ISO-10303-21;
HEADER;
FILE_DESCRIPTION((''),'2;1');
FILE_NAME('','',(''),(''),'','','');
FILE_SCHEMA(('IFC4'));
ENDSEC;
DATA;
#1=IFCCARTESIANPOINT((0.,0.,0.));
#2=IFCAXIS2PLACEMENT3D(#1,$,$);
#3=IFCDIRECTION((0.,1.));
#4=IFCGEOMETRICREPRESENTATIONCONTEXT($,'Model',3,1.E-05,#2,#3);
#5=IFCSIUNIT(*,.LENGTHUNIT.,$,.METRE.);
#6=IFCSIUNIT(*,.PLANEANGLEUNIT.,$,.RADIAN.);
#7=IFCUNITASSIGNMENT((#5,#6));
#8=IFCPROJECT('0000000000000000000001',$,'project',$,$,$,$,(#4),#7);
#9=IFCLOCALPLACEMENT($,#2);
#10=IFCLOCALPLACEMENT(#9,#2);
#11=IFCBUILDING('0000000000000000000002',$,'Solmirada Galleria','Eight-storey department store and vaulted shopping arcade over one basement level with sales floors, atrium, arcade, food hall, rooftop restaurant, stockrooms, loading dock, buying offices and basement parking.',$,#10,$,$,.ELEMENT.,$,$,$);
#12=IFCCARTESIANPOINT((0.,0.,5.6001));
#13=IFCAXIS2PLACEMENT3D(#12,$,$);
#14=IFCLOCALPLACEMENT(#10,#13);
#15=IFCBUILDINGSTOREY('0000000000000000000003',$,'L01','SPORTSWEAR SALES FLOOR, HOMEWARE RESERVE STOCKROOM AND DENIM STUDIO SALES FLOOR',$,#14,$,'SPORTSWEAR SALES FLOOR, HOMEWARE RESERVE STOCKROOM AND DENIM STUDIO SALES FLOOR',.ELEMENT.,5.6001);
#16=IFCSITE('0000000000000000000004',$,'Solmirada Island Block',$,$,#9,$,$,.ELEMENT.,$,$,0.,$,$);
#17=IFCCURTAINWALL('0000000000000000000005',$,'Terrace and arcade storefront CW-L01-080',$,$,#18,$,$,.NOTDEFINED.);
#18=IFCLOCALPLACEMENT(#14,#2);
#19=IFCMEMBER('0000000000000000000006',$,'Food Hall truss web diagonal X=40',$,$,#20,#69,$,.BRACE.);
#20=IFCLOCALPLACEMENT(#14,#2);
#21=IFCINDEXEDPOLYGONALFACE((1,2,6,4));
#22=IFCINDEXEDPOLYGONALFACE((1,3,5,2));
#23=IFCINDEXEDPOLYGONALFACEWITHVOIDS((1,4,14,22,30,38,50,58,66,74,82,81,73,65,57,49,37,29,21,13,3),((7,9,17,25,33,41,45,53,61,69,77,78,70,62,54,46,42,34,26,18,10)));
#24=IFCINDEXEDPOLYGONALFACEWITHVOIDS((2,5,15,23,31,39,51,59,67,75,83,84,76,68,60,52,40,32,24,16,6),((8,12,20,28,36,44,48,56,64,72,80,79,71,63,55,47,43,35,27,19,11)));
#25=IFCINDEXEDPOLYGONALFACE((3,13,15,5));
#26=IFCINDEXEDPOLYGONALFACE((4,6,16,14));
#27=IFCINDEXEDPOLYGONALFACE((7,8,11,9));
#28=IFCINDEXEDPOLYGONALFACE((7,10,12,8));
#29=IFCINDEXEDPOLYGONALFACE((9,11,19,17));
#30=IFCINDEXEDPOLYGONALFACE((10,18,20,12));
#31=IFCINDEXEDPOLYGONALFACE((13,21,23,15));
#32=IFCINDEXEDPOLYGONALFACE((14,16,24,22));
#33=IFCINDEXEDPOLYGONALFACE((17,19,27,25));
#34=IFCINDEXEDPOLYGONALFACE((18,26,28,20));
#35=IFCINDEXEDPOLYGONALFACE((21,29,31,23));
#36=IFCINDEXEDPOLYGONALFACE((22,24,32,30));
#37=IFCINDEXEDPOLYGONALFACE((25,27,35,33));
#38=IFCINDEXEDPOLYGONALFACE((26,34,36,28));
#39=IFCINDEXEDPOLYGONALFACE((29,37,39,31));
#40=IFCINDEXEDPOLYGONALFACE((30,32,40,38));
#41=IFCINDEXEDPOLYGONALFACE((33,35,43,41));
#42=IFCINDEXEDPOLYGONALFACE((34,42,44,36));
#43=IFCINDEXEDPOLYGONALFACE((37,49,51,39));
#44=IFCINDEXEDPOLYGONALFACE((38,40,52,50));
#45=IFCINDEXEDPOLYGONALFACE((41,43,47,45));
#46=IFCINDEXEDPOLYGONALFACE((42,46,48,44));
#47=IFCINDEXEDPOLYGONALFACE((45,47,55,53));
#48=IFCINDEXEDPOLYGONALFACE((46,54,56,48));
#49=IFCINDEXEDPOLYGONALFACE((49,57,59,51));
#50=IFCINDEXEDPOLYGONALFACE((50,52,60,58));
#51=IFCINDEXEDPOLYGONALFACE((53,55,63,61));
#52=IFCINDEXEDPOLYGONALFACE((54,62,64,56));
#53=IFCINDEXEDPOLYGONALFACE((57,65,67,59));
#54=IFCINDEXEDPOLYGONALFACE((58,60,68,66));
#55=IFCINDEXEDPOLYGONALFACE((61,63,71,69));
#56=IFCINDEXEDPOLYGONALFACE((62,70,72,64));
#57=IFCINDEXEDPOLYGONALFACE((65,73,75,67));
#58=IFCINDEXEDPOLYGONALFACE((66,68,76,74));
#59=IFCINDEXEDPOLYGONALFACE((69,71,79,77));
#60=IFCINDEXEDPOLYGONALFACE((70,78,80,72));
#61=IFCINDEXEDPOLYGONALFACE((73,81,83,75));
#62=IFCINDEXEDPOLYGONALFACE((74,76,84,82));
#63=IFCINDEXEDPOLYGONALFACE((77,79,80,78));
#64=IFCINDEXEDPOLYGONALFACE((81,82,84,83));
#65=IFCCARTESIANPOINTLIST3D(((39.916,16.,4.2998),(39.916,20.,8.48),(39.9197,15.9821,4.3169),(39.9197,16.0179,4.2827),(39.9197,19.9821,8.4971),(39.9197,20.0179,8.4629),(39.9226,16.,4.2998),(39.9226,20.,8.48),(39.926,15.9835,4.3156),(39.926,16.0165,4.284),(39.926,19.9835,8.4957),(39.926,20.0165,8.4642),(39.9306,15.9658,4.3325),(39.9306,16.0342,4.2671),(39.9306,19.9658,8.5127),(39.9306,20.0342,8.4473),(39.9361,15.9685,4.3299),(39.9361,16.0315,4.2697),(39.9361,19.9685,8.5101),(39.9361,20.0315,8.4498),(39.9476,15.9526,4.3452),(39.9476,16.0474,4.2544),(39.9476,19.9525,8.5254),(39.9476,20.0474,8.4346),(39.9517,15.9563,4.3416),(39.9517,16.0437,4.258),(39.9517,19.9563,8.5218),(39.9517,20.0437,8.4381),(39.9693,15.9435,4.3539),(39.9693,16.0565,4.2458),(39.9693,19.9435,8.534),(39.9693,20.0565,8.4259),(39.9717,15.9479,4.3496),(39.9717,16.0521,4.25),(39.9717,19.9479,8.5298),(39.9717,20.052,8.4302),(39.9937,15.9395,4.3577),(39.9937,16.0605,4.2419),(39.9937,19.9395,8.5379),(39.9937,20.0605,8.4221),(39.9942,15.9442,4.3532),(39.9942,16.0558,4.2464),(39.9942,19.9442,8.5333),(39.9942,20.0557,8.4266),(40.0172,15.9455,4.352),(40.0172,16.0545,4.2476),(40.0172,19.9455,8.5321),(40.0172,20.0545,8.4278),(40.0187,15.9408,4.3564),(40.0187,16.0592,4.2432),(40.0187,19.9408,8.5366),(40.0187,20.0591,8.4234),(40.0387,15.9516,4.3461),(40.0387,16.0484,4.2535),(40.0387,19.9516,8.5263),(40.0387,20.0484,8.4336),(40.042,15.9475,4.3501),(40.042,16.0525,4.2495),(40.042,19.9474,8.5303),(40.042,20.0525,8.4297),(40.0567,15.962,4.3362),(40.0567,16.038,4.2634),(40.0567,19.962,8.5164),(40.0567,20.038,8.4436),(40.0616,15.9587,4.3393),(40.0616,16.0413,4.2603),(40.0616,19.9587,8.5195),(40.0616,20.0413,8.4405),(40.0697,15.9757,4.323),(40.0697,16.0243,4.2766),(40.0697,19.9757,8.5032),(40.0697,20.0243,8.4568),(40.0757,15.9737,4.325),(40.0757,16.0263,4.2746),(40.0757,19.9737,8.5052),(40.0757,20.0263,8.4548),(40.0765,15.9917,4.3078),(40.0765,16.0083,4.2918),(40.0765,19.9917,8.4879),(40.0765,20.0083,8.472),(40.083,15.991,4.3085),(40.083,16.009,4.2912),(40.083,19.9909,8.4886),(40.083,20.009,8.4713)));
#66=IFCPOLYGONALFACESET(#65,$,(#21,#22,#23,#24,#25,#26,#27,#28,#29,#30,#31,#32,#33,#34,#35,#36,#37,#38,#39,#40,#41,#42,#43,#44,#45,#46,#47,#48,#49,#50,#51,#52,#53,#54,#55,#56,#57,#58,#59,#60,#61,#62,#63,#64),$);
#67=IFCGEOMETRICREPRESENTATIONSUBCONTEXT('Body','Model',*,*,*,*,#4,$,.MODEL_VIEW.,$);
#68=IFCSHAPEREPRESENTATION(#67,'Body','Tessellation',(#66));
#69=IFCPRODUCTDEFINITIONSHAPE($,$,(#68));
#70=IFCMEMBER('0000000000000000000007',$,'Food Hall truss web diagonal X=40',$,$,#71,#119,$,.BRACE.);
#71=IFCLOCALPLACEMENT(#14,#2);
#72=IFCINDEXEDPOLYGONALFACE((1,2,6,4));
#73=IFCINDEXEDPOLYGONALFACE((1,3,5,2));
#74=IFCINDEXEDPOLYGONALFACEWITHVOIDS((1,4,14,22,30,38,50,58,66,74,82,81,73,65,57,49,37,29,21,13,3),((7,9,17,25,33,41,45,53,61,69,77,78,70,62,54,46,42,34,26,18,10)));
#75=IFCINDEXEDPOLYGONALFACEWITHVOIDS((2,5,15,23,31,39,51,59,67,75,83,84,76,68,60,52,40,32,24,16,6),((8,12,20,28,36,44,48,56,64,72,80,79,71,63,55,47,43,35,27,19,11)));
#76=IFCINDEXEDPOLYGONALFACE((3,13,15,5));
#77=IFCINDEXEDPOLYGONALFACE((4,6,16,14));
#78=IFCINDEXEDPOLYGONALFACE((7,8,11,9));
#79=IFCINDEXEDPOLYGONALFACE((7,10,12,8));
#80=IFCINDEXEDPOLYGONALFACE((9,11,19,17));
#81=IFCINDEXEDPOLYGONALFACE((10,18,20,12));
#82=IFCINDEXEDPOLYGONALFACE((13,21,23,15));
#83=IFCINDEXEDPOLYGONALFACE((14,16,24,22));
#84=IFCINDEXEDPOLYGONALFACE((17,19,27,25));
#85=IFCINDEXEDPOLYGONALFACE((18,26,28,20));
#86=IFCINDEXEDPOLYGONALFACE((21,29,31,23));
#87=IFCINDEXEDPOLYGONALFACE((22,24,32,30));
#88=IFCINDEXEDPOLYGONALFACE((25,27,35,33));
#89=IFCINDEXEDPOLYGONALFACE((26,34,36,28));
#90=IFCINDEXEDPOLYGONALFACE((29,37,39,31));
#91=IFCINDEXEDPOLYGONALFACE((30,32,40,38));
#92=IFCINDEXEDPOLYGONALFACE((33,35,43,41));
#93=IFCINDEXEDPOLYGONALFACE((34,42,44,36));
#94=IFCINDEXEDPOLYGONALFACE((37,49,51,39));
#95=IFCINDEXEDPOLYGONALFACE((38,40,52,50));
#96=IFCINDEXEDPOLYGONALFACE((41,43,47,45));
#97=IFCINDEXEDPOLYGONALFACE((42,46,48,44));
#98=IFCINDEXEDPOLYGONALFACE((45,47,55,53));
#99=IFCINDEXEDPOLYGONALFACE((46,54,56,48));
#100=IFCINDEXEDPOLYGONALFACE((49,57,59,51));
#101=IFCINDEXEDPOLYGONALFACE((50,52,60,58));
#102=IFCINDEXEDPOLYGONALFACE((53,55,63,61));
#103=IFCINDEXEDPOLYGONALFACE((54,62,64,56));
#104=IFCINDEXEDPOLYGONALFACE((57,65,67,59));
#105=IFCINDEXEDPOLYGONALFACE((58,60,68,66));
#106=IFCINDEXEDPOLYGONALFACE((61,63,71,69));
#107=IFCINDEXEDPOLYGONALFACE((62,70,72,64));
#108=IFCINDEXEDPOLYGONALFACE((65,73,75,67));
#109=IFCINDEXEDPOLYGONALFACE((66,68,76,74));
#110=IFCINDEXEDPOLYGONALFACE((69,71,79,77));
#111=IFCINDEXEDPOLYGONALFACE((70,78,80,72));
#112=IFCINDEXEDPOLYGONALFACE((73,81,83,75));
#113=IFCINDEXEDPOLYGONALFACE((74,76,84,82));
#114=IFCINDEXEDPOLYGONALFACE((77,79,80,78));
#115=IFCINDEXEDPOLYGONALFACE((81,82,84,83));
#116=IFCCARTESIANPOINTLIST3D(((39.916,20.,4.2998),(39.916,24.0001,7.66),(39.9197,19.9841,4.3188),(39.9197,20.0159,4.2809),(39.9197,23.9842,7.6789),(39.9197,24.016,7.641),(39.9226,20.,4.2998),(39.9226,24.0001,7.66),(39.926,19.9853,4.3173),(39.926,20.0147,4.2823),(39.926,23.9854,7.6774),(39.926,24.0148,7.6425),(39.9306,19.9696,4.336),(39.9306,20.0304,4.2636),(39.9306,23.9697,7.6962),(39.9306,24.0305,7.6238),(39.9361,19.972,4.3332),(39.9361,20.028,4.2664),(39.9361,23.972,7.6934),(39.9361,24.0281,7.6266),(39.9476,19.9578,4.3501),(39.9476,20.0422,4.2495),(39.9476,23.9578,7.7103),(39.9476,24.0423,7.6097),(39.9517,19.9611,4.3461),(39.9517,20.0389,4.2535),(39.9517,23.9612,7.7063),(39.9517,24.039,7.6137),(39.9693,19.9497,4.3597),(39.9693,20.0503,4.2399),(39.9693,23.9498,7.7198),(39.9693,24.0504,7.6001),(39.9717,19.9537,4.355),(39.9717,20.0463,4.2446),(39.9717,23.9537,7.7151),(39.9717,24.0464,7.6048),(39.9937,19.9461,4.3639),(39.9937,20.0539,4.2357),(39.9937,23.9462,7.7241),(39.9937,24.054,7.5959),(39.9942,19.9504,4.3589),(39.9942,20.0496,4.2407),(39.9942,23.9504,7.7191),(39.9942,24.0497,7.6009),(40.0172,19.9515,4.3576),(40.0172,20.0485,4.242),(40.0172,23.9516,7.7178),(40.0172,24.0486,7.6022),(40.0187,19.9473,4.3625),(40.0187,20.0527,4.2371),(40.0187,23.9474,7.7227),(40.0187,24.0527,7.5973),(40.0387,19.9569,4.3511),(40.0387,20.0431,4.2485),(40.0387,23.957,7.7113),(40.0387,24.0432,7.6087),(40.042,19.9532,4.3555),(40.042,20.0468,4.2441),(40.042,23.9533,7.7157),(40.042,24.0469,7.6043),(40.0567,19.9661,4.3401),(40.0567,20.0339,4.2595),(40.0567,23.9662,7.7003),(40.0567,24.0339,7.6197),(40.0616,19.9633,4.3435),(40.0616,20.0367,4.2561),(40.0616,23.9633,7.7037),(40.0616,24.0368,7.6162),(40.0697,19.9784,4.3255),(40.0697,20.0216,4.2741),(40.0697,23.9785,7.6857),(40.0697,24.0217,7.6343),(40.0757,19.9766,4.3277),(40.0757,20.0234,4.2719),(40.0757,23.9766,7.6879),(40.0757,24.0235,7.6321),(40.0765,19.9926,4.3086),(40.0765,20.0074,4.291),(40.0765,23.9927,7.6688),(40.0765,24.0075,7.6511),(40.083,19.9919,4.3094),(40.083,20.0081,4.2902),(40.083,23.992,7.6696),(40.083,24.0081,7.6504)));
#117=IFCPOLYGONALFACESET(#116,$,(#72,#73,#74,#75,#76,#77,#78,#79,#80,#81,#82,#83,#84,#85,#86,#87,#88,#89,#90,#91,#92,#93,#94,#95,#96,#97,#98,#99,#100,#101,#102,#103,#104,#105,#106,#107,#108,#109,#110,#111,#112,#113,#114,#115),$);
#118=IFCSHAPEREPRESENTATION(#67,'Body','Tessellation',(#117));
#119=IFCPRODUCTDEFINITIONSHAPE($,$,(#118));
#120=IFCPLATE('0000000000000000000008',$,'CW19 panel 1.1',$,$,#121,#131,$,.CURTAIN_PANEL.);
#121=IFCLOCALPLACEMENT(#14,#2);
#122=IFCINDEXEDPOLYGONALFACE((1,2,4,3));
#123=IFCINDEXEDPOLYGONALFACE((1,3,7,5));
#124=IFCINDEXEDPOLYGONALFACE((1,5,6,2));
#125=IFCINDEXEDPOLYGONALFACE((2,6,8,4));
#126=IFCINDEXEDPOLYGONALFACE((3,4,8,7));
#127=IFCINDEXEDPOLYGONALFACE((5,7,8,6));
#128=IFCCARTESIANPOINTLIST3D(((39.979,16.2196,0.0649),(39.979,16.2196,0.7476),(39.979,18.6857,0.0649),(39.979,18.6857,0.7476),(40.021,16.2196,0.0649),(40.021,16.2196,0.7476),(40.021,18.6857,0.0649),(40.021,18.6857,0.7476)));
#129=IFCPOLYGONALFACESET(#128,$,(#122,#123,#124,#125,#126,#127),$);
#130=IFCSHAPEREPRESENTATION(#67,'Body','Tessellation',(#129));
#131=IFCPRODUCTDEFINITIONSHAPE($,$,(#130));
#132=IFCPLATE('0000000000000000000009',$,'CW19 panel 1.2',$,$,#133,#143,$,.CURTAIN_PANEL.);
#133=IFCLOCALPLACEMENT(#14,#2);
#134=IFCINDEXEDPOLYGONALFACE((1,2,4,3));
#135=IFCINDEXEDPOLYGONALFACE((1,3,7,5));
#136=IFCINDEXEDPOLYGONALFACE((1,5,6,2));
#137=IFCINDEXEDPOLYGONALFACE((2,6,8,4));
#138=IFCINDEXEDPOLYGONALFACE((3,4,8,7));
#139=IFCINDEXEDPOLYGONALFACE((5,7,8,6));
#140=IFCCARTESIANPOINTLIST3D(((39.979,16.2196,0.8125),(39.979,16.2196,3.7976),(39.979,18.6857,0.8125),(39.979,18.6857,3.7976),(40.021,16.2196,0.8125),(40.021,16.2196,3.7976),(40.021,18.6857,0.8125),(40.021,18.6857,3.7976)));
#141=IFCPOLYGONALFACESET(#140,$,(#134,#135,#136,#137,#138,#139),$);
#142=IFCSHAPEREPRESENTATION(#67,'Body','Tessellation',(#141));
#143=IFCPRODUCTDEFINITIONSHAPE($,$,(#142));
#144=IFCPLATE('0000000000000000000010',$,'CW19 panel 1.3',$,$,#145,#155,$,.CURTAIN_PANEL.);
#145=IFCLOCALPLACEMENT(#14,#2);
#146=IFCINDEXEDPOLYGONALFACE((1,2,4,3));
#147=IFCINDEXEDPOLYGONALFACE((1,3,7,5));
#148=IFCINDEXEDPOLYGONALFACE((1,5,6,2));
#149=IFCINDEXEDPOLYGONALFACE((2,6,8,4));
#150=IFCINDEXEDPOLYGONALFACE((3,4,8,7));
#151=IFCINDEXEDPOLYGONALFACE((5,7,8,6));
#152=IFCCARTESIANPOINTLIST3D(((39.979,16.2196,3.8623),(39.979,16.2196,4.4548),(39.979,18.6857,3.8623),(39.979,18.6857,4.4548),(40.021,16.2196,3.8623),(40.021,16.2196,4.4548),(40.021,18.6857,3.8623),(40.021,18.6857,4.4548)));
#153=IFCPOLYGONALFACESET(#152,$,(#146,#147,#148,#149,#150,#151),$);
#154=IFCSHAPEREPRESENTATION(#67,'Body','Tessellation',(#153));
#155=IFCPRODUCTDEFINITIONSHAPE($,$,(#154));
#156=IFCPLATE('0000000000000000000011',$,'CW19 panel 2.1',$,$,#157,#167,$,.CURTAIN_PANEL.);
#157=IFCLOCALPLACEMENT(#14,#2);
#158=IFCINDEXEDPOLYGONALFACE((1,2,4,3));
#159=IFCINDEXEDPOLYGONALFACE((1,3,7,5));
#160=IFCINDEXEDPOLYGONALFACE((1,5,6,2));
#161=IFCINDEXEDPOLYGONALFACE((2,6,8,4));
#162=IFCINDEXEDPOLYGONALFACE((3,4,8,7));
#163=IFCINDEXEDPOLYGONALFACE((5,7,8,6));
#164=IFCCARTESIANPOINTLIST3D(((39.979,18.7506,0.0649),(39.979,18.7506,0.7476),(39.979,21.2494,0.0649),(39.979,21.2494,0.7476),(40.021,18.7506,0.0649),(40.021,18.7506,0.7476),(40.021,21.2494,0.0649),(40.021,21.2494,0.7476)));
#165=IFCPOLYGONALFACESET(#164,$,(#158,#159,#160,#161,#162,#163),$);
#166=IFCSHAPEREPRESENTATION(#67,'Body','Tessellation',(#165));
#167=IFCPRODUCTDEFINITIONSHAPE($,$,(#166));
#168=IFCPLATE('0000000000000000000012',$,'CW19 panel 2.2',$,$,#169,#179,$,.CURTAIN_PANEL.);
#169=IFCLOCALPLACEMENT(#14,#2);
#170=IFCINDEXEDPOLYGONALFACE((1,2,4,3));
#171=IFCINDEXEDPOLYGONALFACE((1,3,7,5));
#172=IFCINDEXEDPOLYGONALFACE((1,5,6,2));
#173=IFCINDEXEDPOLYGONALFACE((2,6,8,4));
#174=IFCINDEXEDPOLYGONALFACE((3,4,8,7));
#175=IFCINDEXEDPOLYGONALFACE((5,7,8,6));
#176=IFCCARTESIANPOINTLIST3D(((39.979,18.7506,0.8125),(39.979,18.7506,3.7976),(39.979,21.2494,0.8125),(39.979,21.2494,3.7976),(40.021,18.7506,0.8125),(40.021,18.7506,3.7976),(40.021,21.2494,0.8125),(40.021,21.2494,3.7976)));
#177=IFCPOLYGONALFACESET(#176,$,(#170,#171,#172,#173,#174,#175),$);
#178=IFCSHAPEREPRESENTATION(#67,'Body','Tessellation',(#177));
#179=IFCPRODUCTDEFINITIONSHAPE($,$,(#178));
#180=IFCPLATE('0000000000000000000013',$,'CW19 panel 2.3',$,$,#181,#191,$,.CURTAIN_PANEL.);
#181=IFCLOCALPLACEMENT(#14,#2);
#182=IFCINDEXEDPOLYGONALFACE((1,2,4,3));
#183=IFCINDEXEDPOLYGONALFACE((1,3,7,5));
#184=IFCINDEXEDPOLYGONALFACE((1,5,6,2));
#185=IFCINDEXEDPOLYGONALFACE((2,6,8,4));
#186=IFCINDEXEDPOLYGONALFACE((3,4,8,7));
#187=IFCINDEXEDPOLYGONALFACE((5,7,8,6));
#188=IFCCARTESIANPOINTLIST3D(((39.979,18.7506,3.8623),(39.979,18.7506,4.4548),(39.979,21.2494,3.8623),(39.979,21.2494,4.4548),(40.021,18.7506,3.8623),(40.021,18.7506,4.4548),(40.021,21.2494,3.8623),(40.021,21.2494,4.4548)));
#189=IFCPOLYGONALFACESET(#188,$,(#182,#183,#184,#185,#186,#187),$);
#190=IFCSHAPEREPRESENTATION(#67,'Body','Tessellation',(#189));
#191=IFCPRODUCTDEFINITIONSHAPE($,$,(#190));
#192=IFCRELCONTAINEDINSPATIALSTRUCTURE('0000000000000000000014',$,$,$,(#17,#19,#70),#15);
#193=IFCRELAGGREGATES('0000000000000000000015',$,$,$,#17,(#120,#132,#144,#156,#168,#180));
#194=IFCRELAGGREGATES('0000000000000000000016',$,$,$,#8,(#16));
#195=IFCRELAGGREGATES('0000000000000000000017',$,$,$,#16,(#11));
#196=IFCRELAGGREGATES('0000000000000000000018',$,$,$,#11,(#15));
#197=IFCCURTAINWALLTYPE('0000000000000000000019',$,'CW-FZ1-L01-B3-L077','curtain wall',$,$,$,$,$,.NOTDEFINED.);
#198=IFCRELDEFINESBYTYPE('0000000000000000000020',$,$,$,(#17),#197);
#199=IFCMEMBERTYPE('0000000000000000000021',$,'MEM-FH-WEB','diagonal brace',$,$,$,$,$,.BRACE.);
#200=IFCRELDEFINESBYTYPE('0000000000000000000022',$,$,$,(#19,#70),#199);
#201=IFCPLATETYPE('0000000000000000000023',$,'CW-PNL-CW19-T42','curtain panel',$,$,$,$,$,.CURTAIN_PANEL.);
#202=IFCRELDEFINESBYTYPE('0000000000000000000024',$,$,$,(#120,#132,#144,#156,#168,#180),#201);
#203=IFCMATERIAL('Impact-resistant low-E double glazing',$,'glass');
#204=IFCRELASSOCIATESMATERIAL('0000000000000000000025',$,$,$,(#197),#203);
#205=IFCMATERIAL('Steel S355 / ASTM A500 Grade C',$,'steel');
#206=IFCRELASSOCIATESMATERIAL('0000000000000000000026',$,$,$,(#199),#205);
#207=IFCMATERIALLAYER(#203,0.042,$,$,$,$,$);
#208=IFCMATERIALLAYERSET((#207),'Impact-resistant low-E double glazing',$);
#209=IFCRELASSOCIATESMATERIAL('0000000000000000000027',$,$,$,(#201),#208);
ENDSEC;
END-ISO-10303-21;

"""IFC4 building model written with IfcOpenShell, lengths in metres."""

from ifc_helpers import new_model, si_unit, direction, frame, origin, origin_2d, place, context, subcontext, project, spatial, rectangle, hollow_circle, extrude, material, layer, layer_set, material_profile, profile_set, type_object, element, aggregate, save


model = new_model("IFC4")

# Units and contexts
model_context = context("Model", 3, precision=1e-05, world=origin(), true_north=direction((0.0, 1.0)))
body_context = subcontext(model_context, "Body", "Model", "MODEL_VIEW")
ifc_project = project(units=[si_unit("LENGTHUNIT", "METRE"), si_unit("PLANEANGLEUNIT", "RADIAN")], contexts=[model_context])

# Site, building, storey
site_placement = place(None, origin())
site = spatial("IfcSite", under=ifc_project, at=site_placement, Name="Solmirada Island Block", CompositionType="ELEMENT", RefElevation=0.0)
building_placement = place(site_placement, origin())
building = spatial("IfcBuilding", under=site, at=building_placement, Name="Solmirada Galleria", Description="Eight-storey department store and vaulted shopping arcade over one basement level with sales floors, atrium, arcade, food hall, rooftop restaurant, stockrooms, loading dock, buying offices and basement parking.", CompositionType="ELEMENT")
storey_placement = place(building_placement, frame((0.0, 0.0, 5.6001)))
storey = spatial("IfcBuildingStorey", under=building, at=storey_placement, Name="L01", Description="SPORTSWEAR SALES FLOOR, HOMEWARE RESERVE STOCKROOM AND DENIM STUDIO SALES FLOOR", LongName="SPORTSWEAR SALES FLOOR, HOMEWARE RESERVE STOCKROOM AND DENIM STUDIO SALES FLOOR", CompositionType="ELEMENT", Elevation=5.6001)

# Shared definitions
ifc_material_1 = material(Name="Steel S355 / ASTM A500 Grade C", Category="steel")

# Curtain wall
ifc_material_2 = material(Name="Impact-resistant low-E double glazing", Category="glass")
curtain_wall_type = type_object("IfcCurtainWallType", Name="CW-FZ1-L01-B3-L077", Description="curtain wall", PredefinedType="NOTDEFINED", material=ifc_material_2)
curtain_wall_placement = place(storey_placement, origin())
curtain_wall = element("IfcCurtainWall", 1, at=curtain_wall_placement, inside=storey, type_object=curtain_wall_type, Name="Terrace and arcade storefront CW-L01-080", PredefinedType="NOTDEFINED")

# Members
ifc_material_profile_1 = material_profile(ifc_material_1, hollow_circle(Radius=0.084, WallThickness=0.0066, at=origin_2d()), Name="HSS6.625X0.280")
ifc_profile_set_1 = profile_set([ifc_material_profile_1], Name="Steel S355 / ASTM A500 Grade C")
member_type_1 = type_object("IfcMemberType", Name="MEM-FH-WEB", Description="diagonal brace", PredefinedType="BRACE", material=ifc_profile_set_1)
member_1_placement = place(storey_placement, frame((40.0, 16.0, 4.2998), z_axis=(0.0, 0.691364, 0.722506), x_axis=(-1.0, 0.0, 0.0)))
element("IfcMember", 2, at=member_1_placement, inside=storey, type_object=member_type_1, Name="Food Hall truss web diagonal X=40", PredefinedType="BRACE", context=body_context, shape_type="SweptSolid", body=[
    extrude(hollow_circle(Radius=0.084, WallThickness=0.0066, at=origin_2d()), origin(), (0.0, 0.0, 1.0), 5.7856),
])
member_2_placement = place(storey_placement, frame((40.0, 20.0, 4.2998), z_axis=(0.0, 0.765695, 0.643204), x_axis=(-1.0, 0.0, 0.0)))
element("IfcMember", 3, at=member_2_placement, inside=storey, type_object=member_type_1, Name="Food Hall truss web diagonal X=40", PredefinedType="BRACE", context=body_context, shape_type="SweptSolid", body=[
    extrude(hollow_circle(Radius=0.084, WallThickness=0.0066, at=origin_2d()), origin(), (0.0, 0.0, 1.0), 5.2241),
])

# Plates
ifc_layer_1 = layer(ifc_material_2, 0.042)
ifc_layer_set_1 = layer_set([ifc_layer_1], Name="Impact-resistant low-E double glazing")
plate_type = type_object("IfcPlateType", Name="CW-PNL-CW19-T42", Description="curtain panel", PredefinedType="CURTAIN_PANEL", material=ifc_layer_set_1)
plate_1_placement = place(storey_placement, frame((40.0, 17.4526, 0.0649), z_axis=(0.0, 0.0, 1.0), x_axis=(0.0, 1.0, 0.0)))
plate_1 = element("IfcPlate", 4, at=plate_1_placement, type_object=plate_type, Name="CW19 panel 1.1", PredefinedType="CURTAIN_PANEL", context=body_context, shape_type="SweptSolid", body=[
    extrude(rectangle(XDim=2.4661, YDim=0.042, at=origin_2d()), origin(), (0.0, 0.0, 1.0), 0.6826),
])
plate_2_placement = place(storey_placement, frame((40.0, 17.4526, 0.8125), z_axis=(0.0, 0.0, 1.0), x_axis=(0.0, 1.0, 0.0)))
plate_2 = element("IfcPlate", 5, at=plate_2_placement, type_object=plate_type, Name="CW19 panel 1.2", PredefinedType="CURTAIN_PANEL", context=body_context, shape_type="SweptSolid", body=[
    extrude(rectangle(XDim=2.4661, YDim=0.042, at=origin_2d()), origin(), (0.0, 0.0, 1.0), 2.9851),
])
plate_3_placement = place(storey_placement, frame((40.0, 17.4526, 3.8623), z_axis=(0.0, 0.0, 1.0), x_axis=(0.0, 1.0, 0.0)))
plate_3 = element("IfcPlate", 6, at=plate_3_placement, type_object=plate_type, Name="CW19 panel 1.3", PredefinedType="CURTAIN_PANEL", context=body_context, shape_type="SweptSolid", body=[
    extrude(rectangle(XDim=2.4661, YDim=0.042, at=origin_2d()), origin(), (0.0, 0.0, 1.0), 0.5925),
])
plate_4_placement = place(storey_placement, frame((40.0, 20.0, 0.0649), z_axis=(0.0, 0.0, 1.0), x_axis=(0.0, 1.0, 0.0)))
plate_4 = element("IfcPlate", 7, at=plate_4_placement, type_object=plate_type, Name="CW19 panel 2.1", PredefinedType="CURTAIN_PANEL", context=body_context, shape_type="SweptSolid", body=[
    extrude(rectangle(XDim=2.4988, YDim=0.042, at=origin_2d()), origin(), (0.0, 0.0, 1.0), 0.6826),
])
plate_5_placement = place(storey_placement, frame((40.0, 20.0, 0.8125), z_axis=(0.0, 0.0, 1.0), x_axis=(0.0, 1.0, 0.0)))
plate_5 = element("IfcPlate", 8, at=plate_5_placement, type_object=plate_type, Name="CW19 panel 2.2", PredefinedType="CURTAIN_PANEL", context=body_context, shape_type="SweptSolid", body=[
    extrude(rectangle(XDim=2.4988, YDim=0.042, at=origin_2d()), origin(), (0.0, 0.0, 1.0), 2.9851),
])
plate_6_placement = place(storey_placement, frame((40.0, 20.0, 3.8623), z_axis=(0.0, 0.0, 1.0), x_axis=(0.0, 1.0, 0.0)))
plate_6 = element("IfcPlate", 9, at=plate_6_placement, type_object=plate_type, Name="CW19 panel 2.3", PredefinedType="CURTAIN_PANEL", context=body_context, shape_type="SweptSolid", body=[
    extrude(rectangle(XDim=2.4988, YDim=0.042, at=origin_2d()), origin(), (0.0, 0.0, 1.0), 0.5925),
])
aggregate(curtain_wall, [plate_1, plate_2, plate_3, plate_4, plate_5, plate_6])

save(model, "model.ifc")
